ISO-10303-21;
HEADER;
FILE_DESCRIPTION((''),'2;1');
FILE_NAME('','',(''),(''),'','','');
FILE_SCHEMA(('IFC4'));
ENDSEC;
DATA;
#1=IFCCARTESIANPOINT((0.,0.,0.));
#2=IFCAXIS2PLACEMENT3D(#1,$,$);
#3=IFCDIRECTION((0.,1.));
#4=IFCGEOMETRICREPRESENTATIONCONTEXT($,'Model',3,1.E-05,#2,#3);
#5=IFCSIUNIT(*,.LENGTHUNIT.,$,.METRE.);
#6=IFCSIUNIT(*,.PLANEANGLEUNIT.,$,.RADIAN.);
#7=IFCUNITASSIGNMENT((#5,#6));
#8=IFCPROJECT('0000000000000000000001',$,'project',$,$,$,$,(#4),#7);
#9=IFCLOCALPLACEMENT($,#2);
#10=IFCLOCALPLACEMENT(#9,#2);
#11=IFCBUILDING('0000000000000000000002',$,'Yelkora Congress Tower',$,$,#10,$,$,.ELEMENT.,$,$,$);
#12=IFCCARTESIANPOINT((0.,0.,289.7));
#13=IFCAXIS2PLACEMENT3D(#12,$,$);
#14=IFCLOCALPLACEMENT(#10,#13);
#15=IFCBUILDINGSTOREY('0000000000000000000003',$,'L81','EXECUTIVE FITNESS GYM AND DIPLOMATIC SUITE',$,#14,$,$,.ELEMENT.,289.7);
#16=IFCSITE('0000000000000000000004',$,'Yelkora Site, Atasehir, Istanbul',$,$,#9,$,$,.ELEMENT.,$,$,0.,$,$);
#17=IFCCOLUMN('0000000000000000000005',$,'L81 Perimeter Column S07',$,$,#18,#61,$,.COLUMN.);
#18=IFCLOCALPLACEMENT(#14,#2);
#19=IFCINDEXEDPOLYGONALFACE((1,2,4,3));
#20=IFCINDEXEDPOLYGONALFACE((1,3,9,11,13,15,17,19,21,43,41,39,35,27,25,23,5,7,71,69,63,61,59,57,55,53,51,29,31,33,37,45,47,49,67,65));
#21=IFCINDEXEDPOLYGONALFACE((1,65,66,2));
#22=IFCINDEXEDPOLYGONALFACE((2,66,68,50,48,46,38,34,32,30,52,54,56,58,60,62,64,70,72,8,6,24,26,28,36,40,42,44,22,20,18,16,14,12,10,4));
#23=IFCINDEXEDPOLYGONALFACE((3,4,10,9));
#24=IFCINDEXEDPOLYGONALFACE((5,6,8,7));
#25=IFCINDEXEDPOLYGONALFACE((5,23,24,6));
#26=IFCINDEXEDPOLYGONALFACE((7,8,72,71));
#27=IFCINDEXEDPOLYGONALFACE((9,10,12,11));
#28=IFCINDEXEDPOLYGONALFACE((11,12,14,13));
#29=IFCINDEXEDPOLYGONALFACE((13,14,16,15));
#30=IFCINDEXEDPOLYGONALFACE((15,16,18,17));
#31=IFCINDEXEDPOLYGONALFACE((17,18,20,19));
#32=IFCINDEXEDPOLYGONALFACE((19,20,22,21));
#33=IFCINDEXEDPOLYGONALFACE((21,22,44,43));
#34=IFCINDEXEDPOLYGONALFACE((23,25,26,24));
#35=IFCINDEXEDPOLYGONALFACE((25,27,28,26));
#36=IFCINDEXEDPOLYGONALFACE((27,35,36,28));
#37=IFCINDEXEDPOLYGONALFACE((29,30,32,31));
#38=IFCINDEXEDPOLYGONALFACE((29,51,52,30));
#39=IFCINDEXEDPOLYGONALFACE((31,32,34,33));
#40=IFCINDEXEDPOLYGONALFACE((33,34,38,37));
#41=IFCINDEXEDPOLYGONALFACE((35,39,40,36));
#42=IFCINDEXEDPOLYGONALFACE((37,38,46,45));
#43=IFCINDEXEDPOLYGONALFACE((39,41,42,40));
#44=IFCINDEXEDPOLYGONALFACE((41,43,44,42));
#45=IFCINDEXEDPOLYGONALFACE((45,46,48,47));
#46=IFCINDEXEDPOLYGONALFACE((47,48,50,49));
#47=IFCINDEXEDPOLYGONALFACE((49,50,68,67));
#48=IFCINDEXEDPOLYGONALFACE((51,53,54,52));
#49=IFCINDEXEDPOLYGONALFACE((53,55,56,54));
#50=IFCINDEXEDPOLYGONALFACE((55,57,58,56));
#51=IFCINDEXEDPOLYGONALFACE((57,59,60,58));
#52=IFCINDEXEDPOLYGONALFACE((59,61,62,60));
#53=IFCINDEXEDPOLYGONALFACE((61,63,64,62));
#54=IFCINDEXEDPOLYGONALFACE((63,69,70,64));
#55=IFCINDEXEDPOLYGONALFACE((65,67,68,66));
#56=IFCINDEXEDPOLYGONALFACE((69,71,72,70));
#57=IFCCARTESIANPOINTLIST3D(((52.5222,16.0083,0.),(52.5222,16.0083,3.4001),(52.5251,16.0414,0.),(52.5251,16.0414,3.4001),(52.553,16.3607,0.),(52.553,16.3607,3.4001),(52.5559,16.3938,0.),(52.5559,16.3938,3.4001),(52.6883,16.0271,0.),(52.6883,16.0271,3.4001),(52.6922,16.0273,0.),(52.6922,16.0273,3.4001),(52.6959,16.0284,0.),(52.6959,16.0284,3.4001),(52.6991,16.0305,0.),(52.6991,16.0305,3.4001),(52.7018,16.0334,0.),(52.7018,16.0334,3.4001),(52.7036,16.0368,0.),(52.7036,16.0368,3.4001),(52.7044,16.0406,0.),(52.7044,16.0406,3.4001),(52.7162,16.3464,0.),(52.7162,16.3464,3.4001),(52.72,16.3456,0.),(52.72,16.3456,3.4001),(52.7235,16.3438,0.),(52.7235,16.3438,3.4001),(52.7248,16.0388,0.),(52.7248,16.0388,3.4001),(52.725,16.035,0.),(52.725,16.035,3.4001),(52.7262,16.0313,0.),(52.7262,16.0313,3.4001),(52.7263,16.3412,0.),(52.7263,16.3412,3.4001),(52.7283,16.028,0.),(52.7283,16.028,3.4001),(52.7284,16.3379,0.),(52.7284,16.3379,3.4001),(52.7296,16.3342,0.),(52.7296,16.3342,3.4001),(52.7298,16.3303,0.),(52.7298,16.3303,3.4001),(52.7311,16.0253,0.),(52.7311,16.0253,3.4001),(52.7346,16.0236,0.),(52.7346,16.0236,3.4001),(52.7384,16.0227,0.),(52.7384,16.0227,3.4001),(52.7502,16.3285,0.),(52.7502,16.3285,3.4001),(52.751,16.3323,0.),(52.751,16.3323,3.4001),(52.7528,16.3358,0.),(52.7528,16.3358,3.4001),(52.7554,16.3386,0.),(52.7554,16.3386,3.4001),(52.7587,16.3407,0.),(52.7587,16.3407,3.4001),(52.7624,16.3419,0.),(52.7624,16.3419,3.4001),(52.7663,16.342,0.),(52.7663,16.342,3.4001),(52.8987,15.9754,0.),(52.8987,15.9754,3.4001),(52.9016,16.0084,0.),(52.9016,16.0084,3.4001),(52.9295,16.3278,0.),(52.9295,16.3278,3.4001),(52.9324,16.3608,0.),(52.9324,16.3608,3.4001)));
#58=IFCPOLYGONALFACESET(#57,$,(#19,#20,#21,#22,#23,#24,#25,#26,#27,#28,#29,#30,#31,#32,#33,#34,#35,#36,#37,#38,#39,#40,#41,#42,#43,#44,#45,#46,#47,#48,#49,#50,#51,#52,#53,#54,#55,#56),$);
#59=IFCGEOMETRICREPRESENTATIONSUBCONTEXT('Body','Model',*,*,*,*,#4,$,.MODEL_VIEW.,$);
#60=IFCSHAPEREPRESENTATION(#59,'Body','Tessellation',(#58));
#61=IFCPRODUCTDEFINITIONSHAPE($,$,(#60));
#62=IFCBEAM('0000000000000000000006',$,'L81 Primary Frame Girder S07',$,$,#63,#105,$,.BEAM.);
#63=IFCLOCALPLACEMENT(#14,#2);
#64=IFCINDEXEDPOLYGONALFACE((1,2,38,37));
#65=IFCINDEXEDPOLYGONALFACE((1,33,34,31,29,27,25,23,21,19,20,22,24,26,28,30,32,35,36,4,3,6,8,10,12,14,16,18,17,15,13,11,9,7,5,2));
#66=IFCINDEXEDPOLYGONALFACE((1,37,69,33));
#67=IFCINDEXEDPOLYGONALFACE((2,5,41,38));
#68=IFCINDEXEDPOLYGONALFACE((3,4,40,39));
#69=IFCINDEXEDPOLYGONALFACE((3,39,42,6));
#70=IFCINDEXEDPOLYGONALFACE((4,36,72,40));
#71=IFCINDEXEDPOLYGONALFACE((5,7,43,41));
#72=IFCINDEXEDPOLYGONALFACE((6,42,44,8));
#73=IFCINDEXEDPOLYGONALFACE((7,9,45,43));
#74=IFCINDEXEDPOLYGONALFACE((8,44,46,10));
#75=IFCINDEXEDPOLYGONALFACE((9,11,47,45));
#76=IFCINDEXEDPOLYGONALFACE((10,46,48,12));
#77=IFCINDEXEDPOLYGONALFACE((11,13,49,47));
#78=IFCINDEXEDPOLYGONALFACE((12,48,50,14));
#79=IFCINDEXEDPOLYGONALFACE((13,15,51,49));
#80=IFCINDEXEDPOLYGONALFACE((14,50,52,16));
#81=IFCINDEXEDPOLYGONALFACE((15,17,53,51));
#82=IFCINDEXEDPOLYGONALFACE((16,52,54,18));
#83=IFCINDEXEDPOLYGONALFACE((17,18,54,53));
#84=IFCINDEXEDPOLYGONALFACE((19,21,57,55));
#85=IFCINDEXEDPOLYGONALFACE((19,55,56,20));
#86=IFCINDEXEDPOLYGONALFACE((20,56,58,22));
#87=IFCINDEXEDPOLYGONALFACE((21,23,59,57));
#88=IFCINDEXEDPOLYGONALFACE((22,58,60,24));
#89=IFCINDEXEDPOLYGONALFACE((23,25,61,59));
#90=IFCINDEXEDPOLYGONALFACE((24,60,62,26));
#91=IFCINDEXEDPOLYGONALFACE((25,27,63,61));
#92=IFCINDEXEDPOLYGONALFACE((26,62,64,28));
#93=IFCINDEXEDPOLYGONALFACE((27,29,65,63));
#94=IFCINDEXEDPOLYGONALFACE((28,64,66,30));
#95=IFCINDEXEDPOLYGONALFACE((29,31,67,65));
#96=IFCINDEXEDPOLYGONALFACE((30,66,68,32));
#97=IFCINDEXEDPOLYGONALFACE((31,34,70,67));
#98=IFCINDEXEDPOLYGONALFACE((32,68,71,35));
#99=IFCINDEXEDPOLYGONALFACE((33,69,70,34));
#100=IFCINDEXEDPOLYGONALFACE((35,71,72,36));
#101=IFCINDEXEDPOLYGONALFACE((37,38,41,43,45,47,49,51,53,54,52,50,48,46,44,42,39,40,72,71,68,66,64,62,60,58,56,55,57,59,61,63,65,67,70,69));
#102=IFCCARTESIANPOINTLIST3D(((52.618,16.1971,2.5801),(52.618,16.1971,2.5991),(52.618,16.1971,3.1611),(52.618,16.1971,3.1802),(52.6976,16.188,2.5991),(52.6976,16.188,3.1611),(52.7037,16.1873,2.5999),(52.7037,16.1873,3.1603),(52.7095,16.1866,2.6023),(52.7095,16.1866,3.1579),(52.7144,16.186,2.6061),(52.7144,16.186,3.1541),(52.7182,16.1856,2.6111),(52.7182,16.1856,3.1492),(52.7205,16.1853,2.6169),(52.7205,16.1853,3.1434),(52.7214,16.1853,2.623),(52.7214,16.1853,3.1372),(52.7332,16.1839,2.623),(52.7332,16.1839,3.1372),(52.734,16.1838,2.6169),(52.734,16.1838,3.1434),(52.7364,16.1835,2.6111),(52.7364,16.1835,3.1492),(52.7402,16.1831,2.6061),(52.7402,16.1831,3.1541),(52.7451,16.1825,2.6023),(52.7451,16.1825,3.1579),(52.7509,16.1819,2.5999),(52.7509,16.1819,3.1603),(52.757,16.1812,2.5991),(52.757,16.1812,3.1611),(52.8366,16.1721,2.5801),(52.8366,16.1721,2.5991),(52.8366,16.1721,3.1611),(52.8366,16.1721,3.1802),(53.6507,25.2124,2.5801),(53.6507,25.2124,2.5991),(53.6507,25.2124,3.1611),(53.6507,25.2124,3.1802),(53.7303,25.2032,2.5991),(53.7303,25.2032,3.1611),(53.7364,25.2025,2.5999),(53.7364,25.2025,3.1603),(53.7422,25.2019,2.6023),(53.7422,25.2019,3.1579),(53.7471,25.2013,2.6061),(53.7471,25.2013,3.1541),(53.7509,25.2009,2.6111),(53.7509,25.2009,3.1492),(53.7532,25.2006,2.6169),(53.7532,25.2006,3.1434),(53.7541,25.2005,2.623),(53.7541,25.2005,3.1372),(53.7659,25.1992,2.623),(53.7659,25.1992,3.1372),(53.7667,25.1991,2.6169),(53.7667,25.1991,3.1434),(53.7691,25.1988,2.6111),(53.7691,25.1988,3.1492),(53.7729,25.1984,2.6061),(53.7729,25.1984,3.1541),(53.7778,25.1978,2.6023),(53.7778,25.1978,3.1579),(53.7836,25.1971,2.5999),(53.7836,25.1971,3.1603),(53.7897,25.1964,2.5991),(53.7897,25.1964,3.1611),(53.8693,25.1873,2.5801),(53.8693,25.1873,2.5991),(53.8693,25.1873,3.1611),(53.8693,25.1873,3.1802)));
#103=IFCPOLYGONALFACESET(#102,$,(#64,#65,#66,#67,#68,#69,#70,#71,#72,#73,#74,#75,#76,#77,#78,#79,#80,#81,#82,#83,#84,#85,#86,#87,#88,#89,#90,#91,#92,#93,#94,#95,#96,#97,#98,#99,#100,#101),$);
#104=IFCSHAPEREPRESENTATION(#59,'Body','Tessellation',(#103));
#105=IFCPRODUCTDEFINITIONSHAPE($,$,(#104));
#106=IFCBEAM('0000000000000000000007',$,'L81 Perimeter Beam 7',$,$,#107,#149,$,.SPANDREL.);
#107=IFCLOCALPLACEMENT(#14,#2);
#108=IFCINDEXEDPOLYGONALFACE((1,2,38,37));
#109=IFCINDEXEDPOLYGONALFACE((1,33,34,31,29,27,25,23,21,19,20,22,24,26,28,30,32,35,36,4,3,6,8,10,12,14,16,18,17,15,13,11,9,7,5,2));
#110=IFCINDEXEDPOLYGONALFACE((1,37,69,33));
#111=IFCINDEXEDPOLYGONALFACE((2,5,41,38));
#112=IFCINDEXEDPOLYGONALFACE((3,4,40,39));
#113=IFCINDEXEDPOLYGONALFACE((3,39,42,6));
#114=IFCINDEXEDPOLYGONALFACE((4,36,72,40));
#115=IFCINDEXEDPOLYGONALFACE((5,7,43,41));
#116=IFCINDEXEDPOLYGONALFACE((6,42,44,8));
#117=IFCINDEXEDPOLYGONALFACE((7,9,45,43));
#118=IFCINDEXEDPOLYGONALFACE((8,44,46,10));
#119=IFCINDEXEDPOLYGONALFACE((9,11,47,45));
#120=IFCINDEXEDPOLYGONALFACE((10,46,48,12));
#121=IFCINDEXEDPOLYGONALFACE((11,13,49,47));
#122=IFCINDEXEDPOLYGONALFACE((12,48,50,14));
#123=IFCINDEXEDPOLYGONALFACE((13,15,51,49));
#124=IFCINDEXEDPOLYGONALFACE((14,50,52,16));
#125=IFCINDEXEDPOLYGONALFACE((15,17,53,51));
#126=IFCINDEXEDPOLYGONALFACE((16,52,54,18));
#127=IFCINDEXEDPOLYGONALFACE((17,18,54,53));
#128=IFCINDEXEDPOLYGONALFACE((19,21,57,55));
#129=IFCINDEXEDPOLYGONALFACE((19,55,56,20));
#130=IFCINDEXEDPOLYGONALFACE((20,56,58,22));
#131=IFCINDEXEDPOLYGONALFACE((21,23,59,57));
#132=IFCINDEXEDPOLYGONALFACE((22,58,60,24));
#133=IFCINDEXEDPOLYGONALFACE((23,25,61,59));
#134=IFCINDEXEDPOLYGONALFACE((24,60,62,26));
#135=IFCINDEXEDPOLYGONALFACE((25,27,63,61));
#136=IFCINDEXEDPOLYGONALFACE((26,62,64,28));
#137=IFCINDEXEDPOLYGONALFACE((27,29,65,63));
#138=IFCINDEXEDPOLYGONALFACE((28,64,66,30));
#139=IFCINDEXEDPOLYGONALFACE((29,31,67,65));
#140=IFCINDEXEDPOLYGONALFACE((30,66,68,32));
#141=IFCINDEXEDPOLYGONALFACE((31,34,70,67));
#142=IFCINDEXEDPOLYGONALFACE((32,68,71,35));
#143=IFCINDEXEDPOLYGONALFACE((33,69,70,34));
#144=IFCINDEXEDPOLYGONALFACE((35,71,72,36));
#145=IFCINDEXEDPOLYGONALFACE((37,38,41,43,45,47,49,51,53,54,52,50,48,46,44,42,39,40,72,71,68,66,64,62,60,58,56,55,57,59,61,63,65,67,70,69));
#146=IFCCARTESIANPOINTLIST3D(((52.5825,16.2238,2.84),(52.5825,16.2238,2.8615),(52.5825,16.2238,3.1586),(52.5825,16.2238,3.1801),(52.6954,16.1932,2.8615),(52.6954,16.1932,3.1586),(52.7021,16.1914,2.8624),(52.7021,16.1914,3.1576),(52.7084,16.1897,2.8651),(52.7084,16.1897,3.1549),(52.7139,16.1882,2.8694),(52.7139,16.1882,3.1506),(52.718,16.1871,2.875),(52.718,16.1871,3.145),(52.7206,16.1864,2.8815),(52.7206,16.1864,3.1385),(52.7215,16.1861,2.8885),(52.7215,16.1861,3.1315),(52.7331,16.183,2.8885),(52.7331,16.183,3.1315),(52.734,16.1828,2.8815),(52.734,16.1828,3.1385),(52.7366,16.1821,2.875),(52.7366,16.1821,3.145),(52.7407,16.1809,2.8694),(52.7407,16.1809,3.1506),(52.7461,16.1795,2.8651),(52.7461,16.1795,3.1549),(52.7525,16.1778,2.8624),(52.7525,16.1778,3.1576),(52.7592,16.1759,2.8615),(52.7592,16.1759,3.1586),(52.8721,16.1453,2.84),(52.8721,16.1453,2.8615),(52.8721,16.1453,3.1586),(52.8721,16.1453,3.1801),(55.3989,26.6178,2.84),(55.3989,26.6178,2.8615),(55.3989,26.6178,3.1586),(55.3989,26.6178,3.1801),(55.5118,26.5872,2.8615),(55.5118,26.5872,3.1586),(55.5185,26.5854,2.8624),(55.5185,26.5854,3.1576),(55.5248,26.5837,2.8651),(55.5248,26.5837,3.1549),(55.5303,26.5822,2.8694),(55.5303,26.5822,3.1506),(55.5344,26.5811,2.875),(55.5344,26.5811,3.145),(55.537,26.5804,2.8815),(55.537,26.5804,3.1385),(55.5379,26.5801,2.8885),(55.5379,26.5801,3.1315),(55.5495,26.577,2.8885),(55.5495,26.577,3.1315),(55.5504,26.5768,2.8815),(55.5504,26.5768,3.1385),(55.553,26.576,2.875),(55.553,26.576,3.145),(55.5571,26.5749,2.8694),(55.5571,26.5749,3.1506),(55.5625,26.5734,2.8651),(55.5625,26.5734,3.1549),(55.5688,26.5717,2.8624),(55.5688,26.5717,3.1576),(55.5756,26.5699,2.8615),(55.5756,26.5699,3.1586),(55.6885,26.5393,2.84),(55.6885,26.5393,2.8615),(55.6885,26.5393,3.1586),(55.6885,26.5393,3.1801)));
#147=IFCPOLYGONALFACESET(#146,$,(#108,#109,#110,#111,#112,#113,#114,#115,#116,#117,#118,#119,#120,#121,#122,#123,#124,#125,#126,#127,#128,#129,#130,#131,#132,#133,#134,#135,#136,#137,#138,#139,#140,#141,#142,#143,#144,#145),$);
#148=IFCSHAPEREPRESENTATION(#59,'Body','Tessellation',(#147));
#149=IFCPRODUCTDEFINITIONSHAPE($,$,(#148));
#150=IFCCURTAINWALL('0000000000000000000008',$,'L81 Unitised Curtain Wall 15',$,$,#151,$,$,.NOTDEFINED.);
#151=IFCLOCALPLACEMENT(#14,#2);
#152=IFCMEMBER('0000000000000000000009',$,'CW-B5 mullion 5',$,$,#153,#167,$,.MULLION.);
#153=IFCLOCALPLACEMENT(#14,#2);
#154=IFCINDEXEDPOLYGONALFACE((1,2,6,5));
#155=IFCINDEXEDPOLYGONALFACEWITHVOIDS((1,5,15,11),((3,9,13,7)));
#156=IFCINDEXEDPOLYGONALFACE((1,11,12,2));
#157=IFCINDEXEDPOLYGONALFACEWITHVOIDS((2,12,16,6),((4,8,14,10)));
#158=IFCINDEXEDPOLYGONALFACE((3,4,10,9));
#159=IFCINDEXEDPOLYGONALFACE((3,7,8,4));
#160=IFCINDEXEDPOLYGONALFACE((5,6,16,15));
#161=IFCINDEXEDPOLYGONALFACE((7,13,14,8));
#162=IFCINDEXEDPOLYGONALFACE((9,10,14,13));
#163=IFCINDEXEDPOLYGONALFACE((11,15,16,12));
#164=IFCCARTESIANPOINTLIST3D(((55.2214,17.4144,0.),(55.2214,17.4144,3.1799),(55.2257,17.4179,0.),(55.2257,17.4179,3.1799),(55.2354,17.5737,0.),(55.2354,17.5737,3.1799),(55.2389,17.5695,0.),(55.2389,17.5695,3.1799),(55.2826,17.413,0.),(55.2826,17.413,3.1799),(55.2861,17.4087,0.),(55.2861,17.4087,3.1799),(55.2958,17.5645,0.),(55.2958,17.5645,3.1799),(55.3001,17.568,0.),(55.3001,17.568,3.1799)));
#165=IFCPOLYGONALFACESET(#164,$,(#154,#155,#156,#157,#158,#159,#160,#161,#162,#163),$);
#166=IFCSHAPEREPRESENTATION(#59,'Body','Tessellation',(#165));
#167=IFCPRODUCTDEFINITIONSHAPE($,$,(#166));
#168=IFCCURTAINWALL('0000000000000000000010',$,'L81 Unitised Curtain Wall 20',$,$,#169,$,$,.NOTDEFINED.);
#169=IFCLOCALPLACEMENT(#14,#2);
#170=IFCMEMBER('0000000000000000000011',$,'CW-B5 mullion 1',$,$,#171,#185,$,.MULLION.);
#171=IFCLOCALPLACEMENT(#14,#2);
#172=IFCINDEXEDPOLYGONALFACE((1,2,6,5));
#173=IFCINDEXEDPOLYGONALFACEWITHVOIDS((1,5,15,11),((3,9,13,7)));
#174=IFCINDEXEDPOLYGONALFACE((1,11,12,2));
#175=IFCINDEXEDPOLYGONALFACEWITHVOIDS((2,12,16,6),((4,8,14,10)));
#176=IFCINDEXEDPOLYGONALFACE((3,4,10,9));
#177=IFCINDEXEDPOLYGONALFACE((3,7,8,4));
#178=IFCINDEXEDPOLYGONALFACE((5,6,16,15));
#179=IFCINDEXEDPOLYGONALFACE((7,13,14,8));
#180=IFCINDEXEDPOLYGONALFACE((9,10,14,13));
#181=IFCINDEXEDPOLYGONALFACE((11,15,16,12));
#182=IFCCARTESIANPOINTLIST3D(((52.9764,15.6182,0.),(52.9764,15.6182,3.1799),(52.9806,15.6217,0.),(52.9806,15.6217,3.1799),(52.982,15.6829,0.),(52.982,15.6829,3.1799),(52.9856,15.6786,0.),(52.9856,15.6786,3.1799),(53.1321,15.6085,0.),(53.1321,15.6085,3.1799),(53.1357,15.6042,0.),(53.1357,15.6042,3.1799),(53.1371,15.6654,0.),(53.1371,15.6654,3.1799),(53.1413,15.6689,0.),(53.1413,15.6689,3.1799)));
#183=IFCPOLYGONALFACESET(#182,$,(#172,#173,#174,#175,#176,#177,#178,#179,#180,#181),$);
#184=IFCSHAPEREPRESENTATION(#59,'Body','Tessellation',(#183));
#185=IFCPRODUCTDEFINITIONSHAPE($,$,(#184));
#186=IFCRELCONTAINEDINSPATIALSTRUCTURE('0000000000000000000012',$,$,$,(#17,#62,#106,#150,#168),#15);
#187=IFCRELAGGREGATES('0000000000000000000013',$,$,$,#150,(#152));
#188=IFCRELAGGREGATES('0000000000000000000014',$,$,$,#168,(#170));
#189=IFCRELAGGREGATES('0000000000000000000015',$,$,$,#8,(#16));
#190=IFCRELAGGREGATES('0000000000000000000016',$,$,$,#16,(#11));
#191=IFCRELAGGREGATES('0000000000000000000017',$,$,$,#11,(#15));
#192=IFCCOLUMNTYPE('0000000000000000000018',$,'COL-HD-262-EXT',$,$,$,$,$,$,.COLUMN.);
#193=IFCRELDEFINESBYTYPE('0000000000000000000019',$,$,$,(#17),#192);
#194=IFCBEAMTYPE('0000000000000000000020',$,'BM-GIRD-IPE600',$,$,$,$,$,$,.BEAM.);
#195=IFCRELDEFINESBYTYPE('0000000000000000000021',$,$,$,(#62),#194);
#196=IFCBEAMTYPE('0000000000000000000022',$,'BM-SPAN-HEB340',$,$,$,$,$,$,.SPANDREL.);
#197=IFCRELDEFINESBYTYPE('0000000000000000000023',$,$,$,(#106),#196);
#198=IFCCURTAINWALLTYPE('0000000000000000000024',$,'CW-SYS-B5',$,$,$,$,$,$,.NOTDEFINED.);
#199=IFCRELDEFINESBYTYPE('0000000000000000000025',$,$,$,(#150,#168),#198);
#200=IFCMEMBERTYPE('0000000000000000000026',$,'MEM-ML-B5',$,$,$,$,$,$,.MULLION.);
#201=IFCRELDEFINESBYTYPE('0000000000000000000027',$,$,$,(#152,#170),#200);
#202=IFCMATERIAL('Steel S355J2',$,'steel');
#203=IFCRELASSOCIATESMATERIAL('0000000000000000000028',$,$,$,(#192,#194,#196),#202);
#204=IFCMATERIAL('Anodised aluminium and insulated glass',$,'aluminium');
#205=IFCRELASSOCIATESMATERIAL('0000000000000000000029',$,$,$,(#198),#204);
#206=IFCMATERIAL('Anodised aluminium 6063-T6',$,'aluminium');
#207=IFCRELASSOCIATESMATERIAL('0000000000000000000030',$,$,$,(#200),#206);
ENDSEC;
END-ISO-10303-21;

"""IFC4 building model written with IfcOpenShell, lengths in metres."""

from ifc_helpers import new_model, si_unit, direction, frame, origin, origin_2d, place, context, subcontext, project, spatial, hollow_rectangle, i_section, extrude, material, material_profile, profile_set, type_object, element, aggregate, save


model = new_model("IFC4")

# Units and contexts
model_context = context("Model", 3, precision=1e-05, world=origin(), true_north=direction((0.0, 1.0)))
body_context = subcontext(model_context, "Body", "Model", "MODEL_VIEW")
ifc_project = project(units=[si_unit("LENGTHUNIT", "METRE"), si_unit("PLANEANGLEUNIT", "RADIAN")], contexts=[model_context])

# Site, building, storey
site_placement = place(None, origin())
site = spatial("IfcSite", under=ifc_project, at=site_placement, Name="Yelkora Site, Atasehir, Istanbul", CompositionType="ELEMENT", RefElevation=0.0)
building_placement = place(site_placement, origin())
building = spatial("IfcBuilding", under=site, at=building_placement, Name="Yelkora Congress Tower", CompositionType="ELEMENT")
storey_placement = place(building_placement, frame((0.0, 0.0, 289.7)))
storey = spatial("IfcBuildingStorey", under=building, at=storey_placement, Name="L81", Description="EXECUTIVE FITNESS GYM AND DIPLOMATIC SUITE", CompositionType="ELEMENT", Elevation=289.7)

# Column
ifc_material_1 = material(Name="Steel S355J2", Category="steel")
ifc_material_profile_1 = material_profile(ifc_material_1, i_section(OverallWidth=0.3779, OverallDepth=0.387, WebThickness=0.0205, FlangeThickness=0.0332, FilletRadius=0.0149, at=origin_2d()), Name="HD 360x262")
ifc_profile_set_1 = profile_set([ifc_material_profile_1], Name="Steel S355J2")
column_type = type_object("IfcColumnType", Name="COL-HD-262-EXT", PredefinedType="COLUMN", material=ifc_profile_set_1)
column_placement = place(storey_placement, frame((52.7273, 16.1846, 0.0), z_axis=(0.0, 0.0, 1.0), x_axis=(0.996195, -0.087156, 0.0)))
element("IfcColumn", 1, at=column_placement, inside=storey, type_object=column_type, Name="L81 Perimeter Column S07", PredefinedType="COLUMN", context=body_context, shape_type="SweptSolid", body=[
    extrude(i_section(OverallWidth=0.3779, OverallDepth=0.387, WebThickness=0.0205, FlangeThickness=0.0332, FilletRadius=0.0149, at=origin_2d()), origin(), (0.0, 0.0, 1.0), 3.4001),
])

# Beams
ifc_material_profile_2 = material_profile(ifc_material_1, i_section(OverallWidth=0.22, OverallDepth=0.6001, WebThickness=0.012, FlangeThickness=0.019, FilletRadius=0.0239, at=origin_2d()), Name="IPE 600")
ifc_profile_set_2 = profile_set([ifc_material_profile_2], Name="Steel S355J2")
beam_type_1 = type_object("IfcBeamType", Name="BM-GIRD-IPE600", PredefinedType="BEAM", material=ifc_profile_set_2)
beam_1_placement = place(storey_placement, frame((52.7273, 16.1846, 2.8801), z_axis=(0.113806, 0.993503, 0.0), x_axis=(-0.993503, 0.113806, 0.0)))
element("IfcBeam", 2, at=beam_1_placement, inside=storey, type_object=beam_type_1, Name="L81 Primary Frame Girder S07", PredefinedType="BEAM", context=body_context, shape_type="SweptSolid", body=[
    extrude(i_section(OverallWidth=0.22, OverallDepth=0.6001, WebThickness=0.012, FlangeThickness=0.019, FilletRadius=0.0239, at=origin_2d()), origin(), (0.0, 0.0, 1.0), 9.0742),
])
ifc_material_profile_3 = material_profile(ifc_material_1, i_section(OverallWidth=0.3, OverallDepth=0.3401, WebThickness=0.012, FlangeThickness=0.0215, FilletRadius=0.0271, at=origin_2d()), Name="HEB 340")
ifc_profile_set_3 = profile_set([ifc_material_profile_3], Name="Steel S355J2")
beam_type_2 = type_object("IfcBeamType", Name="BM-SPAN-HEB340", PredefinedType="SPANDREL", material=ifc_profile_set_3)
beam_2_placement = place(storey_placement, frame((52.7273, 16.1846, 3.01), z_axis=(0.261533, 0.965195, 0.0), x_axis=(-0.965195, 0.261533, 0.0)))
element("IfcBeam", 3, at=beam_2_placement, inside=storey, type_object=beam_type_2, Name="L81 Perimeter Beam 7", PredefinedType="SPANDREL", context=body_context, shape_type="SweptSolid", body=[
    extrude(i_section(OverallWidth=0.3, OverallDepth=0.3401, WebThickness=0.012, FlangeThickness=0.0215, FilletRadius=0.0271, at=origin_2d()), origin(), (0.0, 0.0, 1.0), 10.7688),
])

# Curtain wall, member
ifc_material_2 = material(Name="Anodised aluminium and insulated glass", Category="aluminium")
curtain_wall_type = type_object("IfcCurtainWallType", Name="CW-SYS-B5", PredefinedType="NOTDEFINED", material=ifc_material_2)
curtain_wall_1_placement = place(storey_placement, origin())
curtain_wall_1 = element("IfcCurtainWall", 4, at=curtain_wall_1_placement, inside=storey, type_object=curtain_wall_type, Name="L81 Unitised Curtain Wall 15", PredefinedType="NOTDEFINED")
ifc_material_3 = material(Name="Anodised aluminium 6063-T6", Category="aluminium")
ifc_material_profile_4 = material_profile(ifc_material_3, hollow_rectangle(XDim=0.0649, YDim=0.1599, WallThickness=0.0039, at=origin_2d()), Name="ALU 65x160x4")
ifc_profile_set_4 = profile_set([ifc_material_profile_4], Name="Anodised aluminium 6063-T6")
member_type_1 = type_object("IfcMemberType", Name="MEM-ML-B5", PredefinedType="MULLION", material=ifc_profile_set_4)
member_1_placement = place(storey_placement, frame((55.2607, 17.4912, 0.0), z_axis=(0.0, 0.0, 1.0), x_axis=(0.996194, -0.087158, 0.0)))
member_1 = element("IfcMember", 5, at=member_1_placement, type_object=member_type_1, Name="CW-B5 mullion 5", PredefinedType="MULLION", context=body_context, shape_type="SweptSolid", body=[
    extrude(hollow_rectangle(XDim=0.0649, YDim=0.1599, WallThickness=0.0039, at=origin_2d()), origin(), (0.0, 0.0, 1.0), 3.1799),
])
aggregate(curtain_wall_1, [member_1])

# Curtain wall, member
curtain_wall_2_placement = place(storey_placement, origin())
curtain_wall_2 = element("IfcCurtainWall", 6, at=curtain_wall_2_placement, inside=storey, type_object=curtain_wall_type, Name="L81 Unitised Curtain Wall 20", PredefinedType="NOTDEFINED")
member_2_placement = place(storey_placement, frame((53.0588, 15.6436, 0.0), z_axis=(0.0, 0.0, 1.0), x_axis=(-0.087157, -0.996195, 0.0)))
member_2 = element("IfcMember", 7, at=member_2_placement, type_object=member_type_1, Name="CW-B5 mullion 1", PredefinedType="MULLION", context=body_context, shape_type="SweptSolid", body=[
    extrude(hollow_rectangle(XDim=0.0649, YDim=0.1599, WallThickness=0.0039, at=origin_2d()), origin(), (0.0, 0.0, 1.0), 3.1799),
])
aggregate(curtain_wall_2, [member_2])

save(model, "model.ifc")
